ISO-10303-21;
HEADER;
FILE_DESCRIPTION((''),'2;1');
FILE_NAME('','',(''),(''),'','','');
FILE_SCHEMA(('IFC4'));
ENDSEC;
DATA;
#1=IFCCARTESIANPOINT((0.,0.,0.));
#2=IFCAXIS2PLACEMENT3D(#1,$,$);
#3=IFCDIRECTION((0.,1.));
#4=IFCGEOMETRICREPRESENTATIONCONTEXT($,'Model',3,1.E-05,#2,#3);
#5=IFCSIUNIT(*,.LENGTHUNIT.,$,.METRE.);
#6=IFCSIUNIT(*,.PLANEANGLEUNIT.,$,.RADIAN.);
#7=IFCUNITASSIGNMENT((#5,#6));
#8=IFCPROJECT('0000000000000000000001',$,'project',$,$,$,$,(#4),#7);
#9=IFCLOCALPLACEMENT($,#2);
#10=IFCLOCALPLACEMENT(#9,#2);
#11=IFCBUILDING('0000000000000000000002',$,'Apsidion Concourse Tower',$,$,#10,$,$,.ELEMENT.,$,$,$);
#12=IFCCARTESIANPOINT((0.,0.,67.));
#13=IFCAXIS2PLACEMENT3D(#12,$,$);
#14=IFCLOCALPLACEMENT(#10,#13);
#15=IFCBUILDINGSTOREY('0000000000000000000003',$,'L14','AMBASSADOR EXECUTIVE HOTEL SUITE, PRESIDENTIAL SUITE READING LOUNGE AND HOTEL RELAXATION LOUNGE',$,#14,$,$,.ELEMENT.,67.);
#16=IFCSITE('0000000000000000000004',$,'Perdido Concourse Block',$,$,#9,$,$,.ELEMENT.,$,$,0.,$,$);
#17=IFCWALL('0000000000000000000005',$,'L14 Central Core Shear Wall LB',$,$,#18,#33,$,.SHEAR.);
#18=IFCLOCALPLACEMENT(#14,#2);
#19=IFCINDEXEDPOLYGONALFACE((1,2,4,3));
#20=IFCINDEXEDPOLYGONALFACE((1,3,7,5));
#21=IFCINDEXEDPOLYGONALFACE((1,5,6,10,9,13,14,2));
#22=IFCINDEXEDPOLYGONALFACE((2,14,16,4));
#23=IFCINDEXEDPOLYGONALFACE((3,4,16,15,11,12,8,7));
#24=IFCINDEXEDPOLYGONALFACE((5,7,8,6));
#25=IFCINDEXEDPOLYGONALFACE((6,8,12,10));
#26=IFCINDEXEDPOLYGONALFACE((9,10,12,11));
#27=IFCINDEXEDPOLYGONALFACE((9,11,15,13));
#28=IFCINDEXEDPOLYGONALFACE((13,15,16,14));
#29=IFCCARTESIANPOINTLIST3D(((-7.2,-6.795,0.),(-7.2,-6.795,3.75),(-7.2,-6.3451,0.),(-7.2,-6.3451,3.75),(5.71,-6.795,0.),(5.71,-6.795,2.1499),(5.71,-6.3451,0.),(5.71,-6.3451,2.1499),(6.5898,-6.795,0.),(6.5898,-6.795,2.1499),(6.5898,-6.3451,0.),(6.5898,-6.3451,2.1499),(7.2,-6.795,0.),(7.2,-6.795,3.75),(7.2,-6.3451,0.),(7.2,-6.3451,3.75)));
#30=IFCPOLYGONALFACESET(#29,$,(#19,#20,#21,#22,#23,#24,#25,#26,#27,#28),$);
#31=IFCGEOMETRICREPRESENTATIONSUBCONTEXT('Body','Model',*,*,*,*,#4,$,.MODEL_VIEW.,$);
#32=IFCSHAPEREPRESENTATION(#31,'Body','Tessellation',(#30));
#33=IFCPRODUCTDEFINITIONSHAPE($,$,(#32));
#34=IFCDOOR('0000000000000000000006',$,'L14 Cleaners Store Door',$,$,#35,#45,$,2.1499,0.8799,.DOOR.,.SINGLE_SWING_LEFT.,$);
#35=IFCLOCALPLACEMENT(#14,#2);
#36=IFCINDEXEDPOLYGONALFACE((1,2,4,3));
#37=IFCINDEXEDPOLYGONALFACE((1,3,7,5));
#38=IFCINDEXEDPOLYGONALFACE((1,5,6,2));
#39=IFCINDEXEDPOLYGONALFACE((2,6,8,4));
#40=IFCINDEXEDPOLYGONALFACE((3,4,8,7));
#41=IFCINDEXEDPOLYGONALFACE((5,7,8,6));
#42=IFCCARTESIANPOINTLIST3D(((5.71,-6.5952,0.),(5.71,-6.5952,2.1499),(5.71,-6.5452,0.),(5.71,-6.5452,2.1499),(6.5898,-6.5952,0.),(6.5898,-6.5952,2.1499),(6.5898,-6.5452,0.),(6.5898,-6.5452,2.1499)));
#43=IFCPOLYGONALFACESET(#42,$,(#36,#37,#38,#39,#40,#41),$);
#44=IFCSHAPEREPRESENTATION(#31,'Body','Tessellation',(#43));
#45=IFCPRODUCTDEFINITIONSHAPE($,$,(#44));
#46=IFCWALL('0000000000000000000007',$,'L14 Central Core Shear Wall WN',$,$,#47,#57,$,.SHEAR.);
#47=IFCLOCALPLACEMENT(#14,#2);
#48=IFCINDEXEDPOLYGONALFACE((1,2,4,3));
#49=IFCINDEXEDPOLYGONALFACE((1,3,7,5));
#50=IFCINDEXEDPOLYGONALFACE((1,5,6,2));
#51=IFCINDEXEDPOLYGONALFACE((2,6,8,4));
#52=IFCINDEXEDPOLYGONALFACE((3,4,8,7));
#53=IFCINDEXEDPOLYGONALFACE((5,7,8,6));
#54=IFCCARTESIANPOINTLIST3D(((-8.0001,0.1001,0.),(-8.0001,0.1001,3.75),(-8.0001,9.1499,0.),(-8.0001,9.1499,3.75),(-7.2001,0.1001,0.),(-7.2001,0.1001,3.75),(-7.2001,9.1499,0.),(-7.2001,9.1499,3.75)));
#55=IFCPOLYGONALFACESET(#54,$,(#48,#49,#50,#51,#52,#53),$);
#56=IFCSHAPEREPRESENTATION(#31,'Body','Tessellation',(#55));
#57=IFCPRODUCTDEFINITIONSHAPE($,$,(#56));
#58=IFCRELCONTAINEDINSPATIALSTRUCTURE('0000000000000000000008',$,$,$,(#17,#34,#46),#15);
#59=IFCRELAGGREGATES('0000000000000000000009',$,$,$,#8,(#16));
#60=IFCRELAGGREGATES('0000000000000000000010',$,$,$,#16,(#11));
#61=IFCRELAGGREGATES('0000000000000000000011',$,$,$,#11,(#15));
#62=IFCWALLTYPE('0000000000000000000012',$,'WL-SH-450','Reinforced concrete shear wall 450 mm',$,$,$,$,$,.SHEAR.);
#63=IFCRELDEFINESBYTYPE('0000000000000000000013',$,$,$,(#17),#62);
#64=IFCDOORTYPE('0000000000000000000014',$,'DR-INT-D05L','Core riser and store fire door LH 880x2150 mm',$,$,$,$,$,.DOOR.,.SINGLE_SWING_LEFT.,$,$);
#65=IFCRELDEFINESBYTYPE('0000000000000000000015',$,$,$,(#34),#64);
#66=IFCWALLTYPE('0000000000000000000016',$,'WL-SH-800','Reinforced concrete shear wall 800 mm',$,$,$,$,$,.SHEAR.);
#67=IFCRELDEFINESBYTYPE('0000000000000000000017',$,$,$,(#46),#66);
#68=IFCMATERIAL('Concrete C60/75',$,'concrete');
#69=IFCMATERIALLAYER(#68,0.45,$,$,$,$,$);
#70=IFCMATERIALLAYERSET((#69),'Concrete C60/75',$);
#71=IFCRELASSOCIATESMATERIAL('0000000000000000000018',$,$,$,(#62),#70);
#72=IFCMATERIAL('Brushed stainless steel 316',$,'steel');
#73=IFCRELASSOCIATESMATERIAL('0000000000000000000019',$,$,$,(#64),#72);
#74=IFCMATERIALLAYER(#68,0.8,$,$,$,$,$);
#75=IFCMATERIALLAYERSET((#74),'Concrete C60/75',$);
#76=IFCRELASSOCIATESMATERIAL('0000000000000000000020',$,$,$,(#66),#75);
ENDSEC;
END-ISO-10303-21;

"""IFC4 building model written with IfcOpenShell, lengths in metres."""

from ifc_helpers import new_model, si_unit, direction, frame, frame_2d, origin, place, context, subcontext, project, spatial, rectangle, extrude, material, layer, layer_set, type_object, element, fill, save


model = new_model("IFC4")

# Units and contexts
model_context = context("Model", 3, precision=1e-05, world=origin(), true_north=direction((0.0, 1.0)))
body_context = subcontext(model_context, "Body", "Model", "MODEL_VIEW")
ifc_project = project(units=[si_unit("LENGTHUNIT", "METRE"), si_unit("PLANEANGLEUNIT", "RADIAN")], contexts=[model_context])

# Site, building, storey
site_placement = place(None, origin())
site = spatial("IfcSite", under=ifc_project, at=site_placement, Name="Perdido Concourse Block", CompositionType="ELEMENT", RefElevation=0.0)
building_placement = place(site_placement, origin())
building = spatial("IfcBuilding", under=site, at=building_placement, Name="Apsidion Concourse Tower", CompositionType="ELEMENT")
storey_placement = place(building_placement, frame((0.0, 0.0, 67.0)))
storey = spatial("IfcBuildingStorey", under=building, at=storey_placement, Name="L14", Description="AMBASSADOR EXECUTIVE HOTEL SUITE, PRESIDENTIAL SUITE READING LOUNGE AND HOTEL RELAXATION LOUNGE", CompositionType="ELEMENT", Elevation=67.0)

# Shared definitions
ifc_material_1 = material(Name="Concrete C60/75", Category="concrete")

# Shared definitions
ifc_material_2 = material(Name="Brushed stainless steel 316", Category="steel")

# Shared definitions
ifc_layer_1 = layer(ifc_material_1, 0.45)
ifc_layer_set_1 = layer_set([ifc_layer_1], Name="Concrete C60/75")
wall_type_1 = type_object("IfcWallType", Name="WL-SH-450", Description="Reinforced concrete shear wall 450 mm", PredefinedType="SHEAR", material=ifc_layer_set_1)

# Wall, opening, door
wall_1_placement = place(storey_placement, frame((-7.2, -6.5701, 0.0), z_axis=(0.0, 0.0, 1.0), x_axis=(1.0, 0.0, 0.0)))
wall_1 = element("IfcWall", 1, at=wall_1_placement, inside=storey, type_object=wall_type_1, Name="L14 Central Core Shear Wall LB", PredefinedType="SHEAR", context=body_context, shape_type="SweptSolid", body=[
    extrude(rectangle(XDim=14.3999, YDim=0.45, at=frame_2d((7.2, 0.0))), origin(), (0.0, 0.0, 1.0), 3.75),
])
opening_1_placement = place(wall_1_placement, frame((12.9099, 0.0, 0.0)))
opening_1 = element("IfcOpeningElement", 2, at=opening_1_placement, cuts=wall_1, PredefinedType="OPENING", context=body_context, shape_type="SweptSolid", body=[
    extrude(rectangle(XDim=0.8799, YDim=2.1499, at=frame_2d((0.4399, 1.075))), frame((0.0, 0.2349, 0.0), z_axis=(0.0, -1.0, 0.0), x_axis=(1.0, 0.0, 0.0)), (0.0, 0.0, 1.0), 0.47),
])
door_type_1 = type_object("IfcDoorType", Name="DR-INT-D05L", Description="Core riser and store fire door LH 880x2150 mm", OperationType="SINGLE_SWING_LEFT", PredefinedType="DOOR", material=ifc_material_2)
door_1_placement = place(opening_1_placement, origin())
door_1 = element("IfcDoor", 3, at=door_1_placement, inside=storey, type_object=door_type_1, Name="L14 Cleaners Store Door", OperationType="SINGLE_SWING_LEFT", OverallHeight=2.1499, OverallWidth=0.8799, PredefinedType="DOOR", context=body_context, shape_type="SweptSolid", body=[
    extrude(rectangle(XDim=0.8799, YDim=2.1499, at=frame_2d((0.4399, 1.075))), frame((0.0, 0.0249, 0.0), z_axis=(0.0, -1.0, 0.0), x_axis=(1.0, 0.0, 0.0)), (0.0, 0.0, 1.0), 0.05),
])
fill(opening_1, door_1)

# Wall
ifc_layer_2 = layer(ifc_material_1, 0.8)
ifc_layer_set_2 = layer_set([ifc_layer_2], Name="Concrete C60/75")
wall_type_2 = type_object("IfcWallType", Name="WL-SH-800", Description="Reinforced concrete shear wall 800 mm", PredefinedType="SHEAR", material=ifc_layer_set_2)
wall_2_placement = place(storey_placement, frame((-7.6001, 0.1001, 0.0), z_axis=(0.0, 0.0, 1.0), x_axis=(0.0, 1.0, 0.0)))
element("IfcWall", 4, at=wall_2_placement, inside=storey, type_object=wall_type_2, Name="L14 Central Core Shear Wall WN", PredefinedType="SHEAR", context=body_context, shape_type="SweptSolid", body=[
    extrude(rectangle(XDim=9.0498, YDim=0.8, at=frame_2d((4.5249, 0.0))), origin(), (0.0, 0.0, 1.0), 3.75),
])

save(model, "model.ifc")
